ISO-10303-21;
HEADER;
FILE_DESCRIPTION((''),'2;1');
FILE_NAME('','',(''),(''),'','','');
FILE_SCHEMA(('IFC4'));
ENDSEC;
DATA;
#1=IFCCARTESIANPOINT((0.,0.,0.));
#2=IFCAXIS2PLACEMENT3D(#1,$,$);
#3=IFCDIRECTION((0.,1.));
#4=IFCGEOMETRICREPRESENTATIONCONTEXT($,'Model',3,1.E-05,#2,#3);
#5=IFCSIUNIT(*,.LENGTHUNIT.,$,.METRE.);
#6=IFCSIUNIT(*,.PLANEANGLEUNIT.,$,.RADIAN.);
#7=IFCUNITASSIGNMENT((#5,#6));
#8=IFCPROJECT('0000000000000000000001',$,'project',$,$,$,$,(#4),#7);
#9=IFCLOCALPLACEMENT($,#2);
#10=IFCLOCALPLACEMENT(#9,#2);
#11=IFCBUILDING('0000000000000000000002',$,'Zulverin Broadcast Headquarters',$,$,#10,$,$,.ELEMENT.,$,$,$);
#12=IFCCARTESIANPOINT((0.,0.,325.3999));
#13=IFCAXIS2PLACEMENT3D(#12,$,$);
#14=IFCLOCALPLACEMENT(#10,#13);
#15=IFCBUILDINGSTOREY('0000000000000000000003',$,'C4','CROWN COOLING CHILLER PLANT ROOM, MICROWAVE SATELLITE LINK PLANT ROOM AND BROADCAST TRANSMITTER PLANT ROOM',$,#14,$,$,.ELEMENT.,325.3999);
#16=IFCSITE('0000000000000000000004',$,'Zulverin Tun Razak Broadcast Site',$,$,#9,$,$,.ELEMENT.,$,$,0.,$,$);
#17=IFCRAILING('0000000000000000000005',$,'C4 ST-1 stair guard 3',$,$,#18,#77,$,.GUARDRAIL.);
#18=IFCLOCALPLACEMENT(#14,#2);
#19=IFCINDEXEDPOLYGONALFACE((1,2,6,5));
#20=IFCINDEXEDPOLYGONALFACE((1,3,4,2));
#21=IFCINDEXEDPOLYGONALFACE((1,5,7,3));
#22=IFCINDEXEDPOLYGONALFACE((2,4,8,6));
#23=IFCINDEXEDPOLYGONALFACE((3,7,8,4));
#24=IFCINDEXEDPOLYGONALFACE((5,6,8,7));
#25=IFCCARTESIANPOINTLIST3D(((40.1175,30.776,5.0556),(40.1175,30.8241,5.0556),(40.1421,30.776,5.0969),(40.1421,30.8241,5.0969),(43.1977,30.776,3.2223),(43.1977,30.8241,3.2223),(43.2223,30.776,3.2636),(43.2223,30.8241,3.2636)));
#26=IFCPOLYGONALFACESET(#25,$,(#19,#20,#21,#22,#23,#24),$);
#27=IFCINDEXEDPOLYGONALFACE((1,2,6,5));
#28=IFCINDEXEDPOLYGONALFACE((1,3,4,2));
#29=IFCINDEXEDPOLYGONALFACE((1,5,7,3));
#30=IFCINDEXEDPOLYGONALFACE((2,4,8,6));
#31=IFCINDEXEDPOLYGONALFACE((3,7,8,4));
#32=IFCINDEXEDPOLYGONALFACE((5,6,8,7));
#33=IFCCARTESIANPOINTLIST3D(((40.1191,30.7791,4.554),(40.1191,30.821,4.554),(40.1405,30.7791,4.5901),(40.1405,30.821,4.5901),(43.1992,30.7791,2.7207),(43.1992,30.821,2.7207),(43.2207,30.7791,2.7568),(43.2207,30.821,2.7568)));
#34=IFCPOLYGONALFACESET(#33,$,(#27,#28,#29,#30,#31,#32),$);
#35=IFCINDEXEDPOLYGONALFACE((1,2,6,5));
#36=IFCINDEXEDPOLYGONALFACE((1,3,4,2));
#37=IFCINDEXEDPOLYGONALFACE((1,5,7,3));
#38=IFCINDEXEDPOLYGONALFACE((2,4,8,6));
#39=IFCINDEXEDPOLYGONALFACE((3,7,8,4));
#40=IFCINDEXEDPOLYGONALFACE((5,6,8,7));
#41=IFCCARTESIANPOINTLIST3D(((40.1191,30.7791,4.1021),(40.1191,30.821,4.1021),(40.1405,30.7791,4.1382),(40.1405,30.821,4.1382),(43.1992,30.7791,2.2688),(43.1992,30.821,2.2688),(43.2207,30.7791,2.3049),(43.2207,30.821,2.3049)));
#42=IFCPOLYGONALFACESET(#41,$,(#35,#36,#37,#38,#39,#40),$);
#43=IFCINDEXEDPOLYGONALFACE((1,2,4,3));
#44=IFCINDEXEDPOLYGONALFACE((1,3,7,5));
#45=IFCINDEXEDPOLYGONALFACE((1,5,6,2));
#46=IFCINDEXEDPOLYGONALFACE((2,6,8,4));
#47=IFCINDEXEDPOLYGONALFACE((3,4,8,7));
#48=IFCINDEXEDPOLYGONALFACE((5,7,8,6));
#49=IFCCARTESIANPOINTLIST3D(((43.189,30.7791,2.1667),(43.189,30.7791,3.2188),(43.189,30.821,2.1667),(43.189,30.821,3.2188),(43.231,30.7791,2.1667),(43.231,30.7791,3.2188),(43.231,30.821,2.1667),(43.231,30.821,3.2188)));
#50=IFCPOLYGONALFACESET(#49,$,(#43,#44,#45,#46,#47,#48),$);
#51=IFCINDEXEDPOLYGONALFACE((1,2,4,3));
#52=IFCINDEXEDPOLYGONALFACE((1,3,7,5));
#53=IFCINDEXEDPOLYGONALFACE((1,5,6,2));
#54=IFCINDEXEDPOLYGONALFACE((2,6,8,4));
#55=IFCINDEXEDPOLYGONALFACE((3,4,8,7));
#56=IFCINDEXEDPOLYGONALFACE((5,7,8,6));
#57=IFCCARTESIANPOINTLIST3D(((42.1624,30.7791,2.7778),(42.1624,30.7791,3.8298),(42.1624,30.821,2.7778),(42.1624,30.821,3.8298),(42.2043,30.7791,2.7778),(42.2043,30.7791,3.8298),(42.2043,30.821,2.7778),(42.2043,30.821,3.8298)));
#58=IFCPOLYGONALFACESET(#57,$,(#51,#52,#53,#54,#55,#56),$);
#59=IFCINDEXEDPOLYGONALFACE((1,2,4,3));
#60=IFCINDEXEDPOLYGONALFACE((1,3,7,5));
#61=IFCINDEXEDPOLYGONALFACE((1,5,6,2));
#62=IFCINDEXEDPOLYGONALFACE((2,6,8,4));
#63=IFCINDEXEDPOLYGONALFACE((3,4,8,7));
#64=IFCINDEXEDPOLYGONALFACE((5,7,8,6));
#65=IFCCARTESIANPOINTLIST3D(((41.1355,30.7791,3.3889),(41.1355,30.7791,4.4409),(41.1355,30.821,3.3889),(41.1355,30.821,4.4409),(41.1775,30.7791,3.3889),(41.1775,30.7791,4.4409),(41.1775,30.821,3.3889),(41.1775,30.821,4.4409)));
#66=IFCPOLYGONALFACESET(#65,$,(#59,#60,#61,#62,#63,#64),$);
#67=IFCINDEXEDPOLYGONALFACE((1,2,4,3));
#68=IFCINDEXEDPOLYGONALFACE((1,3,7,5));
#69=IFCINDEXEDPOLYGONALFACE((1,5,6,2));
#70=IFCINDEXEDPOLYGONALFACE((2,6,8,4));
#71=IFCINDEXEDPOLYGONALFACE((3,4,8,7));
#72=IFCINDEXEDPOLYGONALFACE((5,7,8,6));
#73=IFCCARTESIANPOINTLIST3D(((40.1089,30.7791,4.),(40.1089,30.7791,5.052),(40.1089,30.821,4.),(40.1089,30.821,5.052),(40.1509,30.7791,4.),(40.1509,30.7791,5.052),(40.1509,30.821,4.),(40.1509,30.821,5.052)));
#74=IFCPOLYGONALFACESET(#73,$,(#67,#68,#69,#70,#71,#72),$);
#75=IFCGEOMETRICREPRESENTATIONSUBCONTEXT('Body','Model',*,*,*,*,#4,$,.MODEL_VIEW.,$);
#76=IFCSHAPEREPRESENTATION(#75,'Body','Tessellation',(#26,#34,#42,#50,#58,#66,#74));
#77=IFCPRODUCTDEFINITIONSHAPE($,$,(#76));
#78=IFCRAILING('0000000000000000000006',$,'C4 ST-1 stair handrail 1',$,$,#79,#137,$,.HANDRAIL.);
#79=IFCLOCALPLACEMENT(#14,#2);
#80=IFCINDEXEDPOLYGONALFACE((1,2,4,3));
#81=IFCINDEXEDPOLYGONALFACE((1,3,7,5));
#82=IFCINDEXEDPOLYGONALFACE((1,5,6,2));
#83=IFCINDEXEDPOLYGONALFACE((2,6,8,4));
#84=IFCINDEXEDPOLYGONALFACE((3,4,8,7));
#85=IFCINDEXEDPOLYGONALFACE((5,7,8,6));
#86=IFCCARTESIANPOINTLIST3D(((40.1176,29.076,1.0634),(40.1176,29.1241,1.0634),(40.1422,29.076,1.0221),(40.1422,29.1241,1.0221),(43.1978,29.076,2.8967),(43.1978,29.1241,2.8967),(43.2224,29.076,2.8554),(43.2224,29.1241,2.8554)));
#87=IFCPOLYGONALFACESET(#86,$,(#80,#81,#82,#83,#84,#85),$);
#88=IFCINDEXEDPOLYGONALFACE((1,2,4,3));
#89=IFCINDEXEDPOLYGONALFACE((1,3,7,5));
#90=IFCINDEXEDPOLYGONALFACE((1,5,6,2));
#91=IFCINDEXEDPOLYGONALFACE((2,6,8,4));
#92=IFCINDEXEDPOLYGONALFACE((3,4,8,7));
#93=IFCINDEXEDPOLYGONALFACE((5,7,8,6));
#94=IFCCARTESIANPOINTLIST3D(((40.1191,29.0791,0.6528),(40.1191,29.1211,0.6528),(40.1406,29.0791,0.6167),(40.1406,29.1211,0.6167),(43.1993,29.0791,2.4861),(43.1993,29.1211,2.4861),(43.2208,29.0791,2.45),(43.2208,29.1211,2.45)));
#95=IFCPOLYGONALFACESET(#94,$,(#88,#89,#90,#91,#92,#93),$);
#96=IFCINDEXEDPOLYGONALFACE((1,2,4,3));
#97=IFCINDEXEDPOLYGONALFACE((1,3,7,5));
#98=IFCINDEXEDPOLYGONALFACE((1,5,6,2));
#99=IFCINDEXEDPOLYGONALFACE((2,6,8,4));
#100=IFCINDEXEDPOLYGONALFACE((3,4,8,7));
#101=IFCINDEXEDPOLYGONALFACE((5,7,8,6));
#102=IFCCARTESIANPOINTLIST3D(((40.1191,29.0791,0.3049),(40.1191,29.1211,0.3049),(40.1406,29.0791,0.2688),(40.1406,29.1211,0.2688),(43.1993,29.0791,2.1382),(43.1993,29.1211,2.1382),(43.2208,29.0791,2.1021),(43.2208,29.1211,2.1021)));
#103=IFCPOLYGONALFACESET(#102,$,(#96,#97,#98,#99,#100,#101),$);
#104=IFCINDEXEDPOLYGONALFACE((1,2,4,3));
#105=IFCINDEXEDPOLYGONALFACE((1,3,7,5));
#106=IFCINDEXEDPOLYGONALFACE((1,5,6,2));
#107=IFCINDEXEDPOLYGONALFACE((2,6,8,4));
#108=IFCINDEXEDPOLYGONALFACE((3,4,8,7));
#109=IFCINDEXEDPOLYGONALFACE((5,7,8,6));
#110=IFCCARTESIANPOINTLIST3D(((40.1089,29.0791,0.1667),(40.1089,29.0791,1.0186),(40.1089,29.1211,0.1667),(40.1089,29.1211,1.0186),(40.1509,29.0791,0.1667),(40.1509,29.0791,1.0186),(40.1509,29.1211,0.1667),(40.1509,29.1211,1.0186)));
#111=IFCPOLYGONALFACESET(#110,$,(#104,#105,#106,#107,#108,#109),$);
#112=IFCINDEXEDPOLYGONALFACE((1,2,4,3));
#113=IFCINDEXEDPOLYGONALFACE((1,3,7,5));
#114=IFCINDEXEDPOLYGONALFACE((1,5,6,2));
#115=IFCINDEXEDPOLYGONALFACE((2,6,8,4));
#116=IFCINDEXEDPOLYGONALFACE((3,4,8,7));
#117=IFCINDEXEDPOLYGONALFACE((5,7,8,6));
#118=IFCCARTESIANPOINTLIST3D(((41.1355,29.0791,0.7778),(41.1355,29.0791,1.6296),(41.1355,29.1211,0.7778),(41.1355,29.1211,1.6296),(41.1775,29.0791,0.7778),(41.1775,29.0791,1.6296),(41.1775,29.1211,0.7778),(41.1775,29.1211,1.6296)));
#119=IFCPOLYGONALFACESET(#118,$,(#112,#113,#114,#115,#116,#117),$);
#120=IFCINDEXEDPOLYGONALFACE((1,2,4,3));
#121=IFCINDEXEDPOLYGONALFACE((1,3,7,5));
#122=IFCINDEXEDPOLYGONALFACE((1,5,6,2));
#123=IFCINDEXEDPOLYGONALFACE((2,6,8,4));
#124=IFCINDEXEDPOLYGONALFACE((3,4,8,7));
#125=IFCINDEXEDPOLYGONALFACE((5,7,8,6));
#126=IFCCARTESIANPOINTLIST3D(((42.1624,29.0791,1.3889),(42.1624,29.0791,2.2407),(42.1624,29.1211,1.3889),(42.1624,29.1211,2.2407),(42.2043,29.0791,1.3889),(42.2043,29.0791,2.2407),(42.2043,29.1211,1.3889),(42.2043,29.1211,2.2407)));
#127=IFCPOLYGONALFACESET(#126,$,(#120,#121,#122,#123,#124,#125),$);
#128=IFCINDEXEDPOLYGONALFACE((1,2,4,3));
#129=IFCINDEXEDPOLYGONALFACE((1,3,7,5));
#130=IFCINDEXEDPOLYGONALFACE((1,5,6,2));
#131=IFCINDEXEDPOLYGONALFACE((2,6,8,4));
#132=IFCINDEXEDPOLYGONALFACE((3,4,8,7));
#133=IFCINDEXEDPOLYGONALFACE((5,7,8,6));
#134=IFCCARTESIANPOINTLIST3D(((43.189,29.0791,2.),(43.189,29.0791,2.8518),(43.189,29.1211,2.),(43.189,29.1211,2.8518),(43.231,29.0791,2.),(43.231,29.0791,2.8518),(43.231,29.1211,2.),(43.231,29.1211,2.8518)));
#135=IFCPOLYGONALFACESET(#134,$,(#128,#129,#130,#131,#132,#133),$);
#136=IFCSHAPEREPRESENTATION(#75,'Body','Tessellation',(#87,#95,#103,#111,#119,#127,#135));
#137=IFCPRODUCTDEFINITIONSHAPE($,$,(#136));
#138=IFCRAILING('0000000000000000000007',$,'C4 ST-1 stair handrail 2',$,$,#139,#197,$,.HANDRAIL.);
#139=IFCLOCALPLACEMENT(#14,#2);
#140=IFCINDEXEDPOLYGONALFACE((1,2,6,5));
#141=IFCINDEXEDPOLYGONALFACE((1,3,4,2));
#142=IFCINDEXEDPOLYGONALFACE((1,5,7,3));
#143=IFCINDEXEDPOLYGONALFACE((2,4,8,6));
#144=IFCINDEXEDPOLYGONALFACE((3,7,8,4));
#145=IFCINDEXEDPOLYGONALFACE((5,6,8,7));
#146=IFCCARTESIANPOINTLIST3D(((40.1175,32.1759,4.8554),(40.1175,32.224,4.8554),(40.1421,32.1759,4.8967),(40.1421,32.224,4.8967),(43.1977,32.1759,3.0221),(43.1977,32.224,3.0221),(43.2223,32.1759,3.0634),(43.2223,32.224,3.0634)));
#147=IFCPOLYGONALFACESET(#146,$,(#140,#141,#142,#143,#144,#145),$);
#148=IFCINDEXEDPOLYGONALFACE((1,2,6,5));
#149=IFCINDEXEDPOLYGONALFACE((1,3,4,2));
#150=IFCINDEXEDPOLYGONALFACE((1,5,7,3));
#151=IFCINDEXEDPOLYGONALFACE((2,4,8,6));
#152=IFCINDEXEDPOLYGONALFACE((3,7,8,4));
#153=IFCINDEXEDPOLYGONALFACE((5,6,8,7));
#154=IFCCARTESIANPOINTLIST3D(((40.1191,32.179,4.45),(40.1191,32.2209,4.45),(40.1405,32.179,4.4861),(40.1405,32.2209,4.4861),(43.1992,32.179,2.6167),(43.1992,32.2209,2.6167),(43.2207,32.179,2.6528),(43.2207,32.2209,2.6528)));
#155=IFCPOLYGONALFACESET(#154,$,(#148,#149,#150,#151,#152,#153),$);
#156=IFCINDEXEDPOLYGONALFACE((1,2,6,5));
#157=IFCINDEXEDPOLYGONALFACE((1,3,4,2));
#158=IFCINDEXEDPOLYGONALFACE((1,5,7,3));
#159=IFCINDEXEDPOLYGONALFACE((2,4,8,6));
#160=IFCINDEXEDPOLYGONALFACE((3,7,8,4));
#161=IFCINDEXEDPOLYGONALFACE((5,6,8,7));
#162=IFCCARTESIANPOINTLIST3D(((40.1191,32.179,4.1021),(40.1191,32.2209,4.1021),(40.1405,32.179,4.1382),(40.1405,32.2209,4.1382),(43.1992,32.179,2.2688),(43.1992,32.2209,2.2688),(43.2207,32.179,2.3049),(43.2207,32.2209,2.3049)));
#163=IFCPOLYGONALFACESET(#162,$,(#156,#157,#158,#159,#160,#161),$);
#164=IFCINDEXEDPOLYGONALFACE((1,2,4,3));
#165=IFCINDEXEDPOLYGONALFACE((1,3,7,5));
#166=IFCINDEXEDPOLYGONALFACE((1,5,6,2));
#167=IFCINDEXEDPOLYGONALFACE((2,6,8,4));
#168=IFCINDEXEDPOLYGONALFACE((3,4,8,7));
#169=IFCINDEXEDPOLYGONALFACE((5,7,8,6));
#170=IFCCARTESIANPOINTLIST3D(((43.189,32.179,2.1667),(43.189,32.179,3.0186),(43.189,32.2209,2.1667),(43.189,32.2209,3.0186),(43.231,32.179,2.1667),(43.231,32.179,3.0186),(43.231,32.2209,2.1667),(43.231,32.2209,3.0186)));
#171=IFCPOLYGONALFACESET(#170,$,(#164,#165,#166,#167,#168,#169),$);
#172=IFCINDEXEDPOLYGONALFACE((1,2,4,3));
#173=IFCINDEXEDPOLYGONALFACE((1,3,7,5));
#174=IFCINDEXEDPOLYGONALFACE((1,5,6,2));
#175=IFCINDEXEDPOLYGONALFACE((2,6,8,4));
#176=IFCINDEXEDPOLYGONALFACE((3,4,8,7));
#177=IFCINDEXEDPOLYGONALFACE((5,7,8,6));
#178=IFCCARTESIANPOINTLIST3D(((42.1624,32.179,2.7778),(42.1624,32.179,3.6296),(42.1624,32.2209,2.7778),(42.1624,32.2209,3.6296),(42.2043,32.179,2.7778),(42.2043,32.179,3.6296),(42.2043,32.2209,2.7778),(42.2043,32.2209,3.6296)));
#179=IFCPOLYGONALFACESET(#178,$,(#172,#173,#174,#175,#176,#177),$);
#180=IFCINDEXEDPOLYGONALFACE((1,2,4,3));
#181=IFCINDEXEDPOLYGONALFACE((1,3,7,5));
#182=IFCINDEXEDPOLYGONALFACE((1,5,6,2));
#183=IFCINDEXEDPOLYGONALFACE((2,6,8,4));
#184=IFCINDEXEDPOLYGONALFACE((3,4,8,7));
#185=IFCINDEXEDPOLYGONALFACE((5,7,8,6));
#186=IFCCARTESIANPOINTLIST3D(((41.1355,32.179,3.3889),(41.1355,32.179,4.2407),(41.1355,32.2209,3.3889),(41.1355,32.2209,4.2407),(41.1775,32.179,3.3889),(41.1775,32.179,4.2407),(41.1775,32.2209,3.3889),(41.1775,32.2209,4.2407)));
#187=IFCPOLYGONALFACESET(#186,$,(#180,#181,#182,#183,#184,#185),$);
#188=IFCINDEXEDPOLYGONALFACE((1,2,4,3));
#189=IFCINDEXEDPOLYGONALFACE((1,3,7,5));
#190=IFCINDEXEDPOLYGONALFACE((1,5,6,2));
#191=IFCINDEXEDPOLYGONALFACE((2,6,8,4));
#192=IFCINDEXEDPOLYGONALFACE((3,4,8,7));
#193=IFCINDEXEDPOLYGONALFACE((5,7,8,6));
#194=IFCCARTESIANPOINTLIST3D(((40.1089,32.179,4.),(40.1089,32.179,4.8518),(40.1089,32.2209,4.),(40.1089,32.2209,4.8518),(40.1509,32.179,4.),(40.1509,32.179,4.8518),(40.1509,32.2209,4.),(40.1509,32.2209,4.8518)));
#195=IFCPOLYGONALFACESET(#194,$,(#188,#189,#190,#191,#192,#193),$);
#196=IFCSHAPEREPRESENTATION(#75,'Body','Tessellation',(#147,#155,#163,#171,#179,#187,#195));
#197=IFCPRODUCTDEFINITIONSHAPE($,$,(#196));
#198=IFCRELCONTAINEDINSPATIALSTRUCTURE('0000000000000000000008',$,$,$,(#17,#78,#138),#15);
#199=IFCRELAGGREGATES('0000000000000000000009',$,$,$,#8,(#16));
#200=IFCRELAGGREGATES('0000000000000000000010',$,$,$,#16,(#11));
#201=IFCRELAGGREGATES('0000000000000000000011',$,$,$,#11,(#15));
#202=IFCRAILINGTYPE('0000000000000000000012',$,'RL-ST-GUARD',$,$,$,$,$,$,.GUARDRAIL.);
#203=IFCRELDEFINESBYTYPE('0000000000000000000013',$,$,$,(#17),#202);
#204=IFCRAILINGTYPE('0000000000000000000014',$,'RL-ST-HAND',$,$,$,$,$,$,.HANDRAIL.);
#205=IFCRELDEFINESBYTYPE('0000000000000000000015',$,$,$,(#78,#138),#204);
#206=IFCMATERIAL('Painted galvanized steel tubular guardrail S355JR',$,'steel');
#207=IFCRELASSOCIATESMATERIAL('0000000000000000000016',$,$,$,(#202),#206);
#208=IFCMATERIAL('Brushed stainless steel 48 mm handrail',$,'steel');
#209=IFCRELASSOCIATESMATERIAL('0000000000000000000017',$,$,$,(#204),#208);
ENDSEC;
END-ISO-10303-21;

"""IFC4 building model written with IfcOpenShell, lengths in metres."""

from ifc_helpers import new_model, si_unit, direction, frame, origin, origin_2d, place, context, subcontext, project, spatial, rectangle, extrude, material, type_object, element, save


model = new_model("IFC4")

# Units and contexts
model_context = context("Model", 3, precision=1e-05, world=origin(), true_north=direction((0.0, 1.0)))
body_context = subcontext(model_context, "Body", "Model", "MODEL_VIEW")
ifc_project = project(units=[si_unit("LENGTHUNIT", "METRE"), si_unit("PLANEANGLEUNIT", "RADIAN")], contexts=[model_context])

# Site, building, storey
site_placement = place(None, origin())
site = spatial("IfcSite", under=ifc_project, at=site_placement, Name="Zulverin Tun Razak Broadcast Site", CompositionType="ELEMENT", RefElevation=0.0)
building_placement = place(site_placement, origin())
building = spatial("IfcBuilding", under=site, at=building_placement, Name="Zulverin Broadcast Headquarters", CompositionType="ELEMENT")
storey_placement = place(building_placement, frame((0.0, 0.0, 325.3999)))
storey = spatial("IfcBuildingStorey", under=building, at=storey_placement, Name="C4", Description="CROWN COOLING CHILLER PLANT ROOM, MICROWAVE SATELLITE LINK PLANT ROOM AND BROADCAST TRANSMITTER PLANT ROOM", CompositionType="ELEMENT", Elevation=325.3999)

# Railings
ifc_material_1 = material(Name="Painted galvanized steel tubular guardrail S355JR", Category="steel")
railing_type_1 = type_object("IfcRailingType", Name="RL-ST-GUARD", PredefinedType="GUARDRAIL", material=ifc_material_1)
railing_1_placement = place(storey_placement, frame((43.21, 30.8, 2.1667)))
element("IfcRailing", 1, at=railing_1_placement, inside=storey, type_object=railing_type_1, Name="C4 ST-1 stair guard 3", PredefinedType="GUARDRAIL", context=body_context, shape_type="SweptSolid", body=[
    extrude(rectangle(XDim=0.0481, YDim=0.0481, at=origin_2d()), frame((0.0, 0.0, 1.0762), z_axis=(-0.859309, 0.0, 0.511458), x_axis=(0.0, -1.0, 0.0)), (0.0, 0.0, 1.0), 3.5845),
    extrude(rectangle(XDim=0.042, YDim=0.042, at=origin_2d()), frame((0.0, 0.0, 0.572), z_axis=(-0.859309, 0.0, 0.511458), x_axis=(0.0, -1.0, 0.0)), (0.0, 0.0, 1.0), 3.5845),
    extrude(rectangle(XDim=0.042, YDim=0.042, at=origin_2d()), frame((0.0, 0.0, 0.1201), z_axis=(-0.859309, 0.0, 0.511458), x_axis=(0.0, -1.0, 0.0)), (0.0, 0.0, 1.0), 3.5845),
    extrude(rectangle(XDim=0.042, YDim=0.042, at=origin_2d()), origin(), (0.0, 0.0, 1.0), 1.052),
    extrude(rectangle(XDim=0.042, YDim=0.042, at=origin_2d()), frame((-1.0266, 0.0, 0.6111)), (0.0, 0.0, 1.0), 1.052),
    extrude(rectangle(XDim=0.042, YDim=0.042, at=origin_2d()), frame((-2.0535, 0.0, 1.2222)), (0.0, 0.0, 1.0), 1.052),
    extrude(rectangle(XDim=0.042, YDim=0.042, at=origin_2d()), frame((-3.0801, 0.0, 1.8333)), (0.0, 0.0, 1.0), 1.052),
])
ifc_material_2 = material(Name="Brushed stainless steel 48 mm handrail", Category="steel")
railing_type_2 = type_object("IfcRailingType", Name="RL-ST-HAND", PredefinedType="HANDRAIL", material=ifc_material_2)
railing_2_placement = place(storey_placement, frame((40.1299, 29.1001, 0.1667)))
element("IfcRailing", 2, at=railing_2_placement, inside=storey, type_object=railing_type_2, Name="C4 ST-1 stair handrail 1", PredefinedType="HANDRAIL", context=body_context, shape_type="SweptSolid", body=[
    extrude(rectangle(XDim=0.0481, YDim=0.0481, at=origin_2d()), frame((0.0, 0.0, 0.876), z_axis=(0.859309, 0.0, 0.511458), x_axis=(0.0, 1.0, 0.0)), (0.0, 0.0, 1.0), 3.5845),
    extrude(rectangle(XDim=0.042, YDim=0.042, at=origin_2d()), frame((0.0, 0.0, 0.468), z_axis=(0.859309, 0.0, 0.511458), x_axis=(0.0, 1.0, 0.0)), (0.0, 0.0, 1.0), 3.5845),
    extrude(rectangle(XDim=0.042, YDim=0.042, at=origin_2d()), frame((0.0, 0.0, 0.1201), z_axis=(0.859309, 0.0, 0.511458), x_axis=(0.0, 1.0, 0.0)), (0.0, 0.0, 1.0), 3.5845),
    extrude(rectangle(XDim=0.042, YDim=0.042, at=origin_2d()), origin(), (0.0, 0.0, 1.0), 0.8518),
    extrude(rectangle(XDim=0.042, YDim=0.042, at=origin_2d()), frame((1.0266, 0.0, 0.6111)), (0.0, 0.0, 1.0), 0.8518),
    extrude(rectangle(XDim=0.042, YDim=0.042, at=origin_2d()), frame((2.0535, 0.0, 1.2222)), (0.0, 0.0, 1.0), 0.8518),
    extrude(rectangle(XDim=0.042, YDim=0.042, at=origin_2d()), frame((3.0801, 0.0, 1.8333)), (0.0, 0.0, 1.0), 0.8518),
])
railing_3_placement = place(storey_placement, frame((43.21, 32.2, 2.1667)))
element("IfcRailing", 3, at=railing_3_placement, inside=storey, type_object=railing_type_2, Name="C4 ST-1 stair handrail 2", PredefinedType="HANDRAIL", context=body_context, shape_type="SweptSolid", body=[
    extrude(rectangle(XDim=0.0481, YDim=0.0481, at=origin_2d()), frame((0.0, 0.0, 0.876), z_axis=(-0.859309, 0.0, 0.511458), x_axis=(0.0, -1.0, 0.0)), (0.0, 0.0, 1.0), 3.5845),
    extrude(rectangle(XDim=0.042, YDim=0.042, at=origin_2d()), frame((0.0, 0.0, 0.468), z_axis=(-0.859309, 0.0, 0.511458), x_axis=(0.0, -1.0, 0.0)), (0.0, 0.0, 1.0), 3.5845),
    extrude(rectangle(XDim=0.042, YDim=0.042, at=origin_2d()), frame((0.0, 0.0, 0.1201), z_axis=(-0.859309, 0.0, 0.511458), x_axis=(0.0, -1.0, 0.0)), (0.0, 0.0, 1.0), 3.5845),
    extrude(rectangle(XDim=0.042, YDim=0.042, at=origin_2d()), origin(), (0.0, 0.0, 1.0), 0.8518),
    extrude(rectangle(XDim=0.042, YDim=0.042, at=origin_2d()), frame((-1.0266, 0.0, 0.6111)), (0.0, 0.0, 1.0), 0.8518),
    extrude(rectangle(XDim=0.042, YDim=0.042, at=origin_2d()), frame((-2.0535, 0.0, 1.2222)), (0.0, 0.0, 1.0), 0.8518),
    extrude(rectangle(XDim=0.042, YDim=0.042, at=origin_2d()), frame((-3.0801, 0.0, 1.8333)), (0.0, 0.0, 1.0), 0.8518),
])

save(model, "model.ifc")
